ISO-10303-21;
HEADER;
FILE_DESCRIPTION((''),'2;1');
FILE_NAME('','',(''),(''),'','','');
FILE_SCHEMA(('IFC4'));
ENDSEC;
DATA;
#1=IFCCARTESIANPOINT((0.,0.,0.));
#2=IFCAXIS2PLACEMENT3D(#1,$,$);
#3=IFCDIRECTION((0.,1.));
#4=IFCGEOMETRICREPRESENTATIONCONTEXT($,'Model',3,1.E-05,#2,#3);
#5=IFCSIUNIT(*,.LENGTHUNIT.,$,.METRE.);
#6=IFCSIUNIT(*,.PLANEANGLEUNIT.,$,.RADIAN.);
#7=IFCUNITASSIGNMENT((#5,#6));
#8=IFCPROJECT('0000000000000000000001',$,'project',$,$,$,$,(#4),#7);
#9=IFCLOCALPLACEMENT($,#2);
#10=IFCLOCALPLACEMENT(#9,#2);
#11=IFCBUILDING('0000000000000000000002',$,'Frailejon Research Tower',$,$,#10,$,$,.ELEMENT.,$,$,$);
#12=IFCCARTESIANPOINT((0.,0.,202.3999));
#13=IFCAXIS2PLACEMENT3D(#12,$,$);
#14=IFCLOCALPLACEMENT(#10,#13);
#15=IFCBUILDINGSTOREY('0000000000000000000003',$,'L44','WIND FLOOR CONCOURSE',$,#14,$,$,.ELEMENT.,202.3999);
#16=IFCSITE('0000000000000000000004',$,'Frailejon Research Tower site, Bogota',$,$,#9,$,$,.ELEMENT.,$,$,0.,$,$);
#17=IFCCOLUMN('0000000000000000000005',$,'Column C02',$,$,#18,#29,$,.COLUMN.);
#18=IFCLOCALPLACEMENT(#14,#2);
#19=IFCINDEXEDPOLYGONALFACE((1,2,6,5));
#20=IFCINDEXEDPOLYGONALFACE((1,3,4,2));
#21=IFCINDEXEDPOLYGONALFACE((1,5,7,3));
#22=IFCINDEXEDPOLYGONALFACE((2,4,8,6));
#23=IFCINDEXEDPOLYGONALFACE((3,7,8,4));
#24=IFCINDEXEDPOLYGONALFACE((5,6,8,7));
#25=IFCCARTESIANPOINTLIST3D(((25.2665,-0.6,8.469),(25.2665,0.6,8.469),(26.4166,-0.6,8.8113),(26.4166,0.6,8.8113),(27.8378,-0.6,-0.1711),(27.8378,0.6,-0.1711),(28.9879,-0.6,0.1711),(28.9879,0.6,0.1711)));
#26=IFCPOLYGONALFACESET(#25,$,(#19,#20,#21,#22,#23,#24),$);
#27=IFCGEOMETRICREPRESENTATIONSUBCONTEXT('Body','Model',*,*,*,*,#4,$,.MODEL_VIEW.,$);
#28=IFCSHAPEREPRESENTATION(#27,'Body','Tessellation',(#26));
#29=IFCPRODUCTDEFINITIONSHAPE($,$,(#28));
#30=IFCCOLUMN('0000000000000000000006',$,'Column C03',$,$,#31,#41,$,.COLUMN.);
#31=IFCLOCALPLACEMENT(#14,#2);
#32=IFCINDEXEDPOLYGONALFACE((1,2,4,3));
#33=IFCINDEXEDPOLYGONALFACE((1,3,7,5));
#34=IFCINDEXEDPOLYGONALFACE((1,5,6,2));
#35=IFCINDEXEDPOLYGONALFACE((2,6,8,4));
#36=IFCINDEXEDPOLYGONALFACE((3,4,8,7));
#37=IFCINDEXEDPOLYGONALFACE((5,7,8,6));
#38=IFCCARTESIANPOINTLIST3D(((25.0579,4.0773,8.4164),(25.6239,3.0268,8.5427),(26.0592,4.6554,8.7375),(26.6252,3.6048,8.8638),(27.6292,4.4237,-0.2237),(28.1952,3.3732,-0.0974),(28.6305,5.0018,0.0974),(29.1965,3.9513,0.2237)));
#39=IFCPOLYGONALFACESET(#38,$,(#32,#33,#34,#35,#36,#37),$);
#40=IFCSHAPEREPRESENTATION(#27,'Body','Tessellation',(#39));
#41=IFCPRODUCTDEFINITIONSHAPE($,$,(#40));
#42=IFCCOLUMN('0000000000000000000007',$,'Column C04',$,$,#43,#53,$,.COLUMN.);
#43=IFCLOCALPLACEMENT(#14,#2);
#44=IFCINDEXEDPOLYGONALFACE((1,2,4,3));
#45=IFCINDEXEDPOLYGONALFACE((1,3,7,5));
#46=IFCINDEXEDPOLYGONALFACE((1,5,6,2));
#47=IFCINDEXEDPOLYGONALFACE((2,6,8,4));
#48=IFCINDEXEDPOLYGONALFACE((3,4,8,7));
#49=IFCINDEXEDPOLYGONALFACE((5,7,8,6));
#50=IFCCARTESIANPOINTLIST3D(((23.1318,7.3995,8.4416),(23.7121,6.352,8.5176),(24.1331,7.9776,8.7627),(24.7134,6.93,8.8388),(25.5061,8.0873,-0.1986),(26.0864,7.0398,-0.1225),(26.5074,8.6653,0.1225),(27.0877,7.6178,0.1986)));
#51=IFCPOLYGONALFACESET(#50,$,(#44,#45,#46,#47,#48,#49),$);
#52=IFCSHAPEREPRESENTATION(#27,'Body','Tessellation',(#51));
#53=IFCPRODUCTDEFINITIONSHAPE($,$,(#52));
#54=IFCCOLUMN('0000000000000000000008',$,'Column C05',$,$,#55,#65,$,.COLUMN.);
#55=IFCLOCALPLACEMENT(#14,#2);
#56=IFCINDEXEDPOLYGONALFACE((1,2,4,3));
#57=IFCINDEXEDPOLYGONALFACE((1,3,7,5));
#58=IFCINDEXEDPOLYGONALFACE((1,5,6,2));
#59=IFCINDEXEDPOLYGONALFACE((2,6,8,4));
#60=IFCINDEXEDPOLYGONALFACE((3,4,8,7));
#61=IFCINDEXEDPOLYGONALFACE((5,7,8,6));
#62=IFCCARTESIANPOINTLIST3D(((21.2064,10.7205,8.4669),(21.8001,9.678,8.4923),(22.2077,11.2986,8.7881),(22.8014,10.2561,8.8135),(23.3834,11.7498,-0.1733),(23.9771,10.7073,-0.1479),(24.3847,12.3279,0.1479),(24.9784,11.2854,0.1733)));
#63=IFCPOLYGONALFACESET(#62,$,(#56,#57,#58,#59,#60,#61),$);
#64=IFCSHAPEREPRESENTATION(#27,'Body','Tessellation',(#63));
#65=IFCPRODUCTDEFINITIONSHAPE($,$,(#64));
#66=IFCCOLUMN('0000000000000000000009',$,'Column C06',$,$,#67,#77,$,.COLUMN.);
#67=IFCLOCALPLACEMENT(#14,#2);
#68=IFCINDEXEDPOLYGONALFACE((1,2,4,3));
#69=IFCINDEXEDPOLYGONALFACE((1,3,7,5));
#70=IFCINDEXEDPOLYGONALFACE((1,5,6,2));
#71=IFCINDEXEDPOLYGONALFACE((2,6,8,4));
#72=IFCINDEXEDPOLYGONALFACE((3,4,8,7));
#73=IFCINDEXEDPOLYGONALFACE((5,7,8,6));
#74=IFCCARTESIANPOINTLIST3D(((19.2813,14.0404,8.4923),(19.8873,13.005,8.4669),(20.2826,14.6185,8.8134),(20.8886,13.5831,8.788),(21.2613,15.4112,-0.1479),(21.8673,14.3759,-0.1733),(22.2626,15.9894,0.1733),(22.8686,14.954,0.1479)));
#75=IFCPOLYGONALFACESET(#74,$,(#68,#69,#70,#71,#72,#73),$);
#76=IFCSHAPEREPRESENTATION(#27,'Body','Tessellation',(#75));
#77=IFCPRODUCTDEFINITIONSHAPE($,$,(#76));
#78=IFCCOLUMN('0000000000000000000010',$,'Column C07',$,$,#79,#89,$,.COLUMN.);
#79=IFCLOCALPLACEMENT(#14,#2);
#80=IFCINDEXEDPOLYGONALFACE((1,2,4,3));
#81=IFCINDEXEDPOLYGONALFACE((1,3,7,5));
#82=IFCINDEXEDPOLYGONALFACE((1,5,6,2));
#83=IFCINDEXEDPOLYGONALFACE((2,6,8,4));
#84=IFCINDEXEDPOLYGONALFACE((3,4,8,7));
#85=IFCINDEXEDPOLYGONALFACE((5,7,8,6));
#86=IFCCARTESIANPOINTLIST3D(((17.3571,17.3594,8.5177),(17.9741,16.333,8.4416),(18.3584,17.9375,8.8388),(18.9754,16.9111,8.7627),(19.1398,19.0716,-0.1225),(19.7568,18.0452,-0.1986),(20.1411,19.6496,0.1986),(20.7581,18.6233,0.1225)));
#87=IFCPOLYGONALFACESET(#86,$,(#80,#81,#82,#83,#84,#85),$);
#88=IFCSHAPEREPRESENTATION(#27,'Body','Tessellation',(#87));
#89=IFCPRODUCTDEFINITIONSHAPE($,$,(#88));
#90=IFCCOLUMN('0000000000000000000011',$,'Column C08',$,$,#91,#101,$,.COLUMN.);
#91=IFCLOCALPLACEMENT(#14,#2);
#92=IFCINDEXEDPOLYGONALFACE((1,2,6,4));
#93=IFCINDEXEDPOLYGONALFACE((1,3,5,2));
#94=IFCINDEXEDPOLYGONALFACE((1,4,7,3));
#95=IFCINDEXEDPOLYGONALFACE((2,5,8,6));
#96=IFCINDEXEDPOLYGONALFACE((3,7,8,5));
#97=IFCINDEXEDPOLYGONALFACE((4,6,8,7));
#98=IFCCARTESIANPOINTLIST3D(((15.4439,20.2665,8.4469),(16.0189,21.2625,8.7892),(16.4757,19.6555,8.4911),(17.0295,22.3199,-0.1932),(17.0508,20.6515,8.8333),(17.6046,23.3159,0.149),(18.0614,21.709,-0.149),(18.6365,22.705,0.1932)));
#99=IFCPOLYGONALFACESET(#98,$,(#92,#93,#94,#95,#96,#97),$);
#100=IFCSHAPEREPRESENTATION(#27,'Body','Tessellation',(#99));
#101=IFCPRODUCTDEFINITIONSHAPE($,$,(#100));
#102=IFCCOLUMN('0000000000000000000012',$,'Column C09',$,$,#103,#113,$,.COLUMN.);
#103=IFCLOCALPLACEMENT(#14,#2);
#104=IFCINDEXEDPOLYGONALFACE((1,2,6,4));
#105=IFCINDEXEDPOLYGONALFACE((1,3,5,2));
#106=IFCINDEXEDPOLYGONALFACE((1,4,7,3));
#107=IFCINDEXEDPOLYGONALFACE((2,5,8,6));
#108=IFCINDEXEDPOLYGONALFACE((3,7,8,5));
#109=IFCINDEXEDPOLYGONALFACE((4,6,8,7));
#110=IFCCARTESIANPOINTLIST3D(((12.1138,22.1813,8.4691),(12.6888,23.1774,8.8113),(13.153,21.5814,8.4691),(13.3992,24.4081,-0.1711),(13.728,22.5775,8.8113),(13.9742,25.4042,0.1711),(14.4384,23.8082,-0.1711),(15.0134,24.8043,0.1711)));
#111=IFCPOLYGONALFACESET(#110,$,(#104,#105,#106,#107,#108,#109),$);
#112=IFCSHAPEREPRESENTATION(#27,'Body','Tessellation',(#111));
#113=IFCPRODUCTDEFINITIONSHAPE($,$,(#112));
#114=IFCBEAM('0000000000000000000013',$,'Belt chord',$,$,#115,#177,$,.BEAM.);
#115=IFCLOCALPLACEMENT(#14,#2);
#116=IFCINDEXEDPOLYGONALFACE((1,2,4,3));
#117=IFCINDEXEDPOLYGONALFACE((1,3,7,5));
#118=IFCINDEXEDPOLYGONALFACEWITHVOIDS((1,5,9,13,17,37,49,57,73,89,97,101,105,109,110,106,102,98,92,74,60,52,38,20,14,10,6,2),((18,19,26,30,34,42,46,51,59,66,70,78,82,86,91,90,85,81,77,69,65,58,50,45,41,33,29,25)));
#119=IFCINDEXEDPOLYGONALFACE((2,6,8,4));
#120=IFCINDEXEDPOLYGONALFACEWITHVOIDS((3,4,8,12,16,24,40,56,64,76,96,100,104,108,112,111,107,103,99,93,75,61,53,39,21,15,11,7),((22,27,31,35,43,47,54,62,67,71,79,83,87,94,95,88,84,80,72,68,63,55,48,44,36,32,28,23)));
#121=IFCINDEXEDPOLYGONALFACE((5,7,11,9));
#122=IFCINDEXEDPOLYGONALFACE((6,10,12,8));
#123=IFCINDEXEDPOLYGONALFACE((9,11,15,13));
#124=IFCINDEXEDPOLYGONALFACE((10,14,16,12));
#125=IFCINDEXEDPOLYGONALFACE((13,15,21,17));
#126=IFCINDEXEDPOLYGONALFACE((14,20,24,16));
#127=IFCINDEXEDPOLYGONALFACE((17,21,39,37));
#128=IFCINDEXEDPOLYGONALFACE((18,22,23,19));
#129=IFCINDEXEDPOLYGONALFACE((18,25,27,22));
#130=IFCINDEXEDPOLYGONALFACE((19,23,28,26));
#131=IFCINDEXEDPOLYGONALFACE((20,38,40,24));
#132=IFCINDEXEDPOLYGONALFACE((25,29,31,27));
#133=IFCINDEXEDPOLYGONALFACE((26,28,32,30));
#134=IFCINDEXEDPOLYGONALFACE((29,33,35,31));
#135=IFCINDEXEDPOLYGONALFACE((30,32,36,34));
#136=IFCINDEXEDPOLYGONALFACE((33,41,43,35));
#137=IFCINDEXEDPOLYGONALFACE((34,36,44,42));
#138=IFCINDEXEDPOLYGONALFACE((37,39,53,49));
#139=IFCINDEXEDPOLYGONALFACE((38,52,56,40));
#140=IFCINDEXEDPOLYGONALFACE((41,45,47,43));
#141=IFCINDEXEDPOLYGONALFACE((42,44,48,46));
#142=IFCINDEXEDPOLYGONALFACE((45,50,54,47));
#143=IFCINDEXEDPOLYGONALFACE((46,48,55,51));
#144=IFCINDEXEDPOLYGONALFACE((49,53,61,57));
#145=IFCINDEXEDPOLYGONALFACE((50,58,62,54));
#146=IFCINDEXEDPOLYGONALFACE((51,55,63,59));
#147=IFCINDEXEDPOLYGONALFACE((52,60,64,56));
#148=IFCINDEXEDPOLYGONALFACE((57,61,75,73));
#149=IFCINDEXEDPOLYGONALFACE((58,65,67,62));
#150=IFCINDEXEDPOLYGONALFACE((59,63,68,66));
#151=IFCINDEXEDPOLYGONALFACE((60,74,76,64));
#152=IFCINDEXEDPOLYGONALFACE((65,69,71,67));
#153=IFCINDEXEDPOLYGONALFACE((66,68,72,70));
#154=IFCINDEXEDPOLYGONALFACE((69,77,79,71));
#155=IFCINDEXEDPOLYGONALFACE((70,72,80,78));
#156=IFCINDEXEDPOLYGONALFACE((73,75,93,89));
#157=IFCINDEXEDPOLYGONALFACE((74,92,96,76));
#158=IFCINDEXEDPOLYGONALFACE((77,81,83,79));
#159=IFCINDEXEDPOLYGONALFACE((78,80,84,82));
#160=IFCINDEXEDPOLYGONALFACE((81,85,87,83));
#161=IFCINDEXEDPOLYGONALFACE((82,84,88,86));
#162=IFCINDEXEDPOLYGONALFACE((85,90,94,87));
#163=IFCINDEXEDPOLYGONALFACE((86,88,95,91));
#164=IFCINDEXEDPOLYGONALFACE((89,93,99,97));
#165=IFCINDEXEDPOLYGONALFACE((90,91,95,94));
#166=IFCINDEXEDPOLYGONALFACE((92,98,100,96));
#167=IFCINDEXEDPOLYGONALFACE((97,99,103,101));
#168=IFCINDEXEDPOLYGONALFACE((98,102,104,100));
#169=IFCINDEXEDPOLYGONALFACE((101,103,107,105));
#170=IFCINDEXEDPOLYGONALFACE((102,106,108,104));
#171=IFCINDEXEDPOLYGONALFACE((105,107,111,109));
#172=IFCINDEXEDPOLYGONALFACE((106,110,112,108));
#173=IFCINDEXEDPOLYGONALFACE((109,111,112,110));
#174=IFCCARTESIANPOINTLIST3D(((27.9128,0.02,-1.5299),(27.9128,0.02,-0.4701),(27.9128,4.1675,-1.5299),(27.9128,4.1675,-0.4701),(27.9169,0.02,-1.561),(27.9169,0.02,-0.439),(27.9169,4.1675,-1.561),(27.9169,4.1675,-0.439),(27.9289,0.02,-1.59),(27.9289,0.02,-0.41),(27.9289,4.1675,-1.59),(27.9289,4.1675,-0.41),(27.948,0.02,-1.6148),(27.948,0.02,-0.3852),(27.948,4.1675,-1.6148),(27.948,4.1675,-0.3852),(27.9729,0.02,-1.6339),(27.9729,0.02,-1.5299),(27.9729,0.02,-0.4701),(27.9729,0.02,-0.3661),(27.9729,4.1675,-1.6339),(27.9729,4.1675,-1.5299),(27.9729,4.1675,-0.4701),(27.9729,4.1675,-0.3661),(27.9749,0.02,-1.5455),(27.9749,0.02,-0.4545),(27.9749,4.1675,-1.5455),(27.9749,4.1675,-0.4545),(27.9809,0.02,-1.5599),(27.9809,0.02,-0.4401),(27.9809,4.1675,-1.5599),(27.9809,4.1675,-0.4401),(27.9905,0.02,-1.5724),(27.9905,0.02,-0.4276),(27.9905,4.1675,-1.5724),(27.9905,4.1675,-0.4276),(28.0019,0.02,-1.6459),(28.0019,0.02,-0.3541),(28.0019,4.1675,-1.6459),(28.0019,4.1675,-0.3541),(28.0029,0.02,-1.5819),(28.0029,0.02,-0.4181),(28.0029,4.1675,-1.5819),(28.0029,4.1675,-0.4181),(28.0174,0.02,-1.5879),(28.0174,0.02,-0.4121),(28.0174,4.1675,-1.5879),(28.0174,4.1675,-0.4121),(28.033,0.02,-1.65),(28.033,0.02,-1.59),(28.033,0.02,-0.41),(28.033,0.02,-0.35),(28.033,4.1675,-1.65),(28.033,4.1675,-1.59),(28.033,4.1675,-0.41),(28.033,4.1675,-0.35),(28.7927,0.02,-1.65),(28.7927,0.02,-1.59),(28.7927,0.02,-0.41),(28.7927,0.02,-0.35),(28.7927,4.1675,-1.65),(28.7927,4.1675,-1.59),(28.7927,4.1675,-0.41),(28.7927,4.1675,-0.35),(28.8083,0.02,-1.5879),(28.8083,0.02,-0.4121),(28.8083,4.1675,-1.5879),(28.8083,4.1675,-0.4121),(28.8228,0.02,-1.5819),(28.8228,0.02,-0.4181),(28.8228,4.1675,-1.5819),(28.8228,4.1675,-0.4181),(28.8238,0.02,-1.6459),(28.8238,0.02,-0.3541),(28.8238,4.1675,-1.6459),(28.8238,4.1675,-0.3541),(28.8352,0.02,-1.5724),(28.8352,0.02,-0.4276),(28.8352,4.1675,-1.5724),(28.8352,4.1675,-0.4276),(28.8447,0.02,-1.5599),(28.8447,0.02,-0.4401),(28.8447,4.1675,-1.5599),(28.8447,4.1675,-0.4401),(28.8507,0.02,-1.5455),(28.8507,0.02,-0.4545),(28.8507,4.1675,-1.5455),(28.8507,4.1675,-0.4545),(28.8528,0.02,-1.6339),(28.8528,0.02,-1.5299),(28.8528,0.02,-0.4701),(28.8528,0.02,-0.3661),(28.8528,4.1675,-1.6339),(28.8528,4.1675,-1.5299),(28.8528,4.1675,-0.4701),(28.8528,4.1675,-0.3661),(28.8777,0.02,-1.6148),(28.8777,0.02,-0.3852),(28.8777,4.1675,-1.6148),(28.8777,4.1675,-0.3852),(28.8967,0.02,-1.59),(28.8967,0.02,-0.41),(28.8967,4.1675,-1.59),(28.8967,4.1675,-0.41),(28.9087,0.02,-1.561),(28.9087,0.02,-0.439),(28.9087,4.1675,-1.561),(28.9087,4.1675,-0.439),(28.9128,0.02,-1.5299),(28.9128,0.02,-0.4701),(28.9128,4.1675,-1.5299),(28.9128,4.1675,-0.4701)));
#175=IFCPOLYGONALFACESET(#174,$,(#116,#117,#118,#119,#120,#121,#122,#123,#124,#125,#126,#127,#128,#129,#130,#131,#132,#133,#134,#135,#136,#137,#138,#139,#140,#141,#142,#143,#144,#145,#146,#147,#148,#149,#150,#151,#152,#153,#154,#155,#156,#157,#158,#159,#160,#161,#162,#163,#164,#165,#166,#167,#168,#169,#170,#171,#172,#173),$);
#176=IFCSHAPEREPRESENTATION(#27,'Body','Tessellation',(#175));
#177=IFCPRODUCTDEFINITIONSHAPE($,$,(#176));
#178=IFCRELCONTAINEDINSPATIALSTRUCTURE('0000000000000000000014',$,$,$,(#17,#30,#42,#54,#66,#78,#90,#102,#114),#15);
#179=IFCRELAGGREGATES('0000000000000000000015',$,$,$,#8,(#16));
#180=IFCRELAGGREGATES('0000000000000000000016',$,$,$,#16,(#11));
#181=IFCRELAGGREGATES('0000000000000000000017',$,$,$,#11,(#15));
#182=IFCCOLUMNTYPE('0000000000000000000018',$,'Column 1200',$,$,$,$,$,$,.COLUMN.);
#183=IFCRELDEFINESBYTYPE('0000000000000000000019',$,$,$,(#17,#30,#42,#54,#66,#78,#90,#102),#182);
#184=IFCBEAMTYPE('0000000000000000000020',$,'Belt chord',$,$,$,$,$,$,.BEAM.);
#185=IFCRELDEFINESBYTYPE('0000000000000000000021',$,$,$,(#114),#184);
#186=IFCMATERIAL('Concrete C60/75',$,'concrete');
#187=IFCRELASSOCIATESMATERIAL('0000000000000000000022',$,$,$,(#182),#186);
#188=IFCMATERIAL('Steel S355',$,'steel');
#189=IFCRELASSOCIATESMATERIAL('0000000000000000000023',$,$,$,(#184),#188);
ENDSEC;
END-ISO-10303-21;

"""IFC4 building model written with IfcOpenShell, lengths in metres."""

from ifc_helpers import new_model, si_unit, direction, frame, origin, origin_2d, place, context, subcontext, project, spatial, rectangle, hollow_rectangle, extrude, material, material_profile, profile_set, type_object, element, save


model = new_model("IFC4")

# Units and contexts
model_context = context("Model", 3, precision=1e-05, world=origin(), true_north=direction((0.0, 1.0)))
body_context = subcontext(model_context, "Body", "Model", "MODEL_VIEW")
ifc_project = project(units=[si_unit("LENGTHUNIT", "METRE"), si_unit("PLANEANGLEUNIT", "RADIAN")], contexts=[model_context])

# Site, building, storey
site_placement = place(None, origin())
site = spatial("IfcSite", under=ifc_project, at=site_placement, Name="Frailejon Research Tower site, Bogota", CompositionType="ELEMENT", RefElevation=0.0)
building_placement = place(site_placement, origin())
building = spatial("IfcBuilding", under=site, at=building_placement, Name="Frailejon Research Tower", CompositionType="ELEMENT")
storey_placement = place(building_placement, frame((0.0, 0.0, 202.3999)))
storey = spatial("IfcBuildingStorey", under=building, at=storey_placement, Name="L44", Description="WIND FLOOR CONCOURSE", CompositionType="ELEMENT", Elevation=202.3999)

# Columns
ifc_material_1 = material(Name="Concrete C60/75", Category="concrete")
ifc_material_profile_1 = material_profile(ifc_material_1, rectangle(XDim=1.2, YDim=1.2, at=origin_2d()), Name="Column 1200")
ifc_profile_set_1 = profile_set([ifc_material_profile_1], Name="Concrete C60/75")
column_type = type_object("IfcColumnType", Name="Column 1200", PredefinedType="COLUMN", material=ifc_profile_set_1)
column_1_placement = place(storey_placement, frame((28.4128, 0.0, 0.0), z_axis=(-0.285235, 0.0, 0.958458), x_axis=(0.0, 1.0, 0.0)))
element("IfcColumn", 1, at=column_1_placement, inside=storey, type_object=column_type, Name="Column C02", PredefinedType="COLUMN", context=body_context, shape_type="SweptSolid", body=[
    extrude(rectangle(XDim=1.2, YDim=1.2, at=origin_2d()), origin(), (0.0, 0.0, 1.0), 9.0146),
])
column_2_placement = place(storey_placement, frame((28.4128, 4.1875, 0.0), z_axis=(-0.285025, -0.038402, 0.957751), x_axis=(-0.471673, 0.875468, -0.105266)))
element("IfcColumn", 2, at=column_2_placement, inside=storey, type_object=column_type, Name="Column C03", PredefinedType="COLUMN", context=body_context, shape_type="SweptSolid", body=[
    extrude(rectangle(XDim=1.2, YDim=1.2, at=origin_2d()), origin(), (0.0, 0.0, 1.0), 9.0212),
])
column_3_placement = place(storey_placement, frame((26.2969, 7.8525, 0.0), z_axis=(-0.264196, -0.076528, 0.961428), x_axis=(-0.483613, 0.872983, -0.063406)))
element("IfcColumn", 3, at=column_3_placement, inside=storey, type_object=column_type, Name="Column C04", PredefinedType="COLUMN", context=body_context, shape_type="SweptSolid", body=[
    extrude(rectangle(XDim=1.2, YDim=1.2, at=origin_2d()), origin(), (0.0, 0.0, 1.0), 8.9868),
])
for number, where, z_axis, x_axis, name in (
    (4, (24.1809, 11.5176, 0.0), (-0.242713, -0.114756, 0.963287), (-0.494794, 0.868752, -0.021176), "Column C05"),
    (5, (22.0649, 15.1826, 0.0), (-0.220746, -0.152835, 0.963282), (-0.505005, 0.862856, 0.021174), "Column C06"),
):
    element("IfcColumn", number, at=place(storey_placement, frame(where, z_axis=z_axis, x_axis=x_axis)), inside=storey, type_object=column_type, Name=name, PredefinedType="COLUMN", context=body_context, shape_type="SweptSolid", body=[
        extrude(rectangle(XDim=1.2, YDim=1.2, at=origin_2d()), origin(), (0.0, 0.0, 1.0), 8.9695),
    ])
column_4_placement = place(storey_placement, frame((19.949, 18.8474, 0.0), z_axis=(-0.198372, -0.19052, 0.961432), x_axis=(-0.51417, 0.855341, 0.063409)))
element("IfcColumn", 6, at=column_4_placement, inside=storey, type_object=column_type, Name="Column C07", PredefinedType="COLUMN", context=body_context, shape_type="SweptSolid", body=[
    extrude(rectangle(XDim=1.2, YDim=1.2, at=origin_2d()), origin(), (0.0, 0.0, 1.0), 8.9868),
])
column_5_placement = place(storey_placement, frame((17.833, 22.5125, 0.0), z_axis=(-0.175773, -0.227625, 0.957753), x_axis=(-0.859893, 0.509146, -0.036806)))
element("IfcColumn", 7, at=column_5_placement, inside=storey, type_object=column_type, Name="Column C08", PredefinedType="COLUMN", context=body_context, shape_type="SweptSolid", body=[
    extrude(rectangle(XDim=1.2, YDim=1.2, at=origin_2d()), origin(), (0.0, 0.0, 1.0), 9.0212),
])
column_6_placement = place(storey_placement, frame((14.2063, 24.6062, 0.0), z_axis=(-0.142591, -0.247022, 0.958461), x_axis=(-0.866064, 0.499934, 0.000002)))
element("IfcColumn", 8, at=column_6_placement, inside=storey, type_object=column_type, Name="Column C09", PredefinedType="COLUMN", context=body_context, shape_type="SweptSolid", body=[
    extrude(rectangle(XDim=1.2, YDim=1.2, at=origin_2d()), origin(), (0.0, 0.0, 1.0), 9.0146),
])

# Beam
ifc_material_2 = material(Name="Steel S355", Category="steel")
ifc_material_profile_2 = material_profile(ifc_material_2, hollow_rectangle(XDim=1.0, YDim=1.3, WallThickness=0.0601, InnerFilletRadius=0.0601, OuterFilletRadius=0.1201, at=origin_2d()), Name="Belt chord")
ifc_profile_set_2 = profile_set([ifc_material_profile_2], Name="Steel S355")
beam_type_1 = type_object("IfcBeamType", Name="Belt chord", PredefinedType="BEAM", material=ifc_profile_set_2)
beam_1_placement = place(storey_placement, frame((28.4128, 0.02, -1.0), z_axis=(0.0, 1.0, 0.0), x_axis=(-1.0, 0.0, 0.0)))
element("IfcBeam", 9, at=beam_1_placement, inside=storey, type_object=beam_type_1, Name="Belt chord", PredefinedType="BEAM", context=body_context, shape_type="SweptSolid", body=[
    extrude(hollow_rectangle(XDim=1.0, YDim=1.3, WallThickness=0.0601, InnerFilletRadius=0.0601, OuterFilletRadius=0.1201, at=origin_2d()), origin(), (0.0, 0.0, 1.0), 4.1475),
])

save(model, "model.ifc")
